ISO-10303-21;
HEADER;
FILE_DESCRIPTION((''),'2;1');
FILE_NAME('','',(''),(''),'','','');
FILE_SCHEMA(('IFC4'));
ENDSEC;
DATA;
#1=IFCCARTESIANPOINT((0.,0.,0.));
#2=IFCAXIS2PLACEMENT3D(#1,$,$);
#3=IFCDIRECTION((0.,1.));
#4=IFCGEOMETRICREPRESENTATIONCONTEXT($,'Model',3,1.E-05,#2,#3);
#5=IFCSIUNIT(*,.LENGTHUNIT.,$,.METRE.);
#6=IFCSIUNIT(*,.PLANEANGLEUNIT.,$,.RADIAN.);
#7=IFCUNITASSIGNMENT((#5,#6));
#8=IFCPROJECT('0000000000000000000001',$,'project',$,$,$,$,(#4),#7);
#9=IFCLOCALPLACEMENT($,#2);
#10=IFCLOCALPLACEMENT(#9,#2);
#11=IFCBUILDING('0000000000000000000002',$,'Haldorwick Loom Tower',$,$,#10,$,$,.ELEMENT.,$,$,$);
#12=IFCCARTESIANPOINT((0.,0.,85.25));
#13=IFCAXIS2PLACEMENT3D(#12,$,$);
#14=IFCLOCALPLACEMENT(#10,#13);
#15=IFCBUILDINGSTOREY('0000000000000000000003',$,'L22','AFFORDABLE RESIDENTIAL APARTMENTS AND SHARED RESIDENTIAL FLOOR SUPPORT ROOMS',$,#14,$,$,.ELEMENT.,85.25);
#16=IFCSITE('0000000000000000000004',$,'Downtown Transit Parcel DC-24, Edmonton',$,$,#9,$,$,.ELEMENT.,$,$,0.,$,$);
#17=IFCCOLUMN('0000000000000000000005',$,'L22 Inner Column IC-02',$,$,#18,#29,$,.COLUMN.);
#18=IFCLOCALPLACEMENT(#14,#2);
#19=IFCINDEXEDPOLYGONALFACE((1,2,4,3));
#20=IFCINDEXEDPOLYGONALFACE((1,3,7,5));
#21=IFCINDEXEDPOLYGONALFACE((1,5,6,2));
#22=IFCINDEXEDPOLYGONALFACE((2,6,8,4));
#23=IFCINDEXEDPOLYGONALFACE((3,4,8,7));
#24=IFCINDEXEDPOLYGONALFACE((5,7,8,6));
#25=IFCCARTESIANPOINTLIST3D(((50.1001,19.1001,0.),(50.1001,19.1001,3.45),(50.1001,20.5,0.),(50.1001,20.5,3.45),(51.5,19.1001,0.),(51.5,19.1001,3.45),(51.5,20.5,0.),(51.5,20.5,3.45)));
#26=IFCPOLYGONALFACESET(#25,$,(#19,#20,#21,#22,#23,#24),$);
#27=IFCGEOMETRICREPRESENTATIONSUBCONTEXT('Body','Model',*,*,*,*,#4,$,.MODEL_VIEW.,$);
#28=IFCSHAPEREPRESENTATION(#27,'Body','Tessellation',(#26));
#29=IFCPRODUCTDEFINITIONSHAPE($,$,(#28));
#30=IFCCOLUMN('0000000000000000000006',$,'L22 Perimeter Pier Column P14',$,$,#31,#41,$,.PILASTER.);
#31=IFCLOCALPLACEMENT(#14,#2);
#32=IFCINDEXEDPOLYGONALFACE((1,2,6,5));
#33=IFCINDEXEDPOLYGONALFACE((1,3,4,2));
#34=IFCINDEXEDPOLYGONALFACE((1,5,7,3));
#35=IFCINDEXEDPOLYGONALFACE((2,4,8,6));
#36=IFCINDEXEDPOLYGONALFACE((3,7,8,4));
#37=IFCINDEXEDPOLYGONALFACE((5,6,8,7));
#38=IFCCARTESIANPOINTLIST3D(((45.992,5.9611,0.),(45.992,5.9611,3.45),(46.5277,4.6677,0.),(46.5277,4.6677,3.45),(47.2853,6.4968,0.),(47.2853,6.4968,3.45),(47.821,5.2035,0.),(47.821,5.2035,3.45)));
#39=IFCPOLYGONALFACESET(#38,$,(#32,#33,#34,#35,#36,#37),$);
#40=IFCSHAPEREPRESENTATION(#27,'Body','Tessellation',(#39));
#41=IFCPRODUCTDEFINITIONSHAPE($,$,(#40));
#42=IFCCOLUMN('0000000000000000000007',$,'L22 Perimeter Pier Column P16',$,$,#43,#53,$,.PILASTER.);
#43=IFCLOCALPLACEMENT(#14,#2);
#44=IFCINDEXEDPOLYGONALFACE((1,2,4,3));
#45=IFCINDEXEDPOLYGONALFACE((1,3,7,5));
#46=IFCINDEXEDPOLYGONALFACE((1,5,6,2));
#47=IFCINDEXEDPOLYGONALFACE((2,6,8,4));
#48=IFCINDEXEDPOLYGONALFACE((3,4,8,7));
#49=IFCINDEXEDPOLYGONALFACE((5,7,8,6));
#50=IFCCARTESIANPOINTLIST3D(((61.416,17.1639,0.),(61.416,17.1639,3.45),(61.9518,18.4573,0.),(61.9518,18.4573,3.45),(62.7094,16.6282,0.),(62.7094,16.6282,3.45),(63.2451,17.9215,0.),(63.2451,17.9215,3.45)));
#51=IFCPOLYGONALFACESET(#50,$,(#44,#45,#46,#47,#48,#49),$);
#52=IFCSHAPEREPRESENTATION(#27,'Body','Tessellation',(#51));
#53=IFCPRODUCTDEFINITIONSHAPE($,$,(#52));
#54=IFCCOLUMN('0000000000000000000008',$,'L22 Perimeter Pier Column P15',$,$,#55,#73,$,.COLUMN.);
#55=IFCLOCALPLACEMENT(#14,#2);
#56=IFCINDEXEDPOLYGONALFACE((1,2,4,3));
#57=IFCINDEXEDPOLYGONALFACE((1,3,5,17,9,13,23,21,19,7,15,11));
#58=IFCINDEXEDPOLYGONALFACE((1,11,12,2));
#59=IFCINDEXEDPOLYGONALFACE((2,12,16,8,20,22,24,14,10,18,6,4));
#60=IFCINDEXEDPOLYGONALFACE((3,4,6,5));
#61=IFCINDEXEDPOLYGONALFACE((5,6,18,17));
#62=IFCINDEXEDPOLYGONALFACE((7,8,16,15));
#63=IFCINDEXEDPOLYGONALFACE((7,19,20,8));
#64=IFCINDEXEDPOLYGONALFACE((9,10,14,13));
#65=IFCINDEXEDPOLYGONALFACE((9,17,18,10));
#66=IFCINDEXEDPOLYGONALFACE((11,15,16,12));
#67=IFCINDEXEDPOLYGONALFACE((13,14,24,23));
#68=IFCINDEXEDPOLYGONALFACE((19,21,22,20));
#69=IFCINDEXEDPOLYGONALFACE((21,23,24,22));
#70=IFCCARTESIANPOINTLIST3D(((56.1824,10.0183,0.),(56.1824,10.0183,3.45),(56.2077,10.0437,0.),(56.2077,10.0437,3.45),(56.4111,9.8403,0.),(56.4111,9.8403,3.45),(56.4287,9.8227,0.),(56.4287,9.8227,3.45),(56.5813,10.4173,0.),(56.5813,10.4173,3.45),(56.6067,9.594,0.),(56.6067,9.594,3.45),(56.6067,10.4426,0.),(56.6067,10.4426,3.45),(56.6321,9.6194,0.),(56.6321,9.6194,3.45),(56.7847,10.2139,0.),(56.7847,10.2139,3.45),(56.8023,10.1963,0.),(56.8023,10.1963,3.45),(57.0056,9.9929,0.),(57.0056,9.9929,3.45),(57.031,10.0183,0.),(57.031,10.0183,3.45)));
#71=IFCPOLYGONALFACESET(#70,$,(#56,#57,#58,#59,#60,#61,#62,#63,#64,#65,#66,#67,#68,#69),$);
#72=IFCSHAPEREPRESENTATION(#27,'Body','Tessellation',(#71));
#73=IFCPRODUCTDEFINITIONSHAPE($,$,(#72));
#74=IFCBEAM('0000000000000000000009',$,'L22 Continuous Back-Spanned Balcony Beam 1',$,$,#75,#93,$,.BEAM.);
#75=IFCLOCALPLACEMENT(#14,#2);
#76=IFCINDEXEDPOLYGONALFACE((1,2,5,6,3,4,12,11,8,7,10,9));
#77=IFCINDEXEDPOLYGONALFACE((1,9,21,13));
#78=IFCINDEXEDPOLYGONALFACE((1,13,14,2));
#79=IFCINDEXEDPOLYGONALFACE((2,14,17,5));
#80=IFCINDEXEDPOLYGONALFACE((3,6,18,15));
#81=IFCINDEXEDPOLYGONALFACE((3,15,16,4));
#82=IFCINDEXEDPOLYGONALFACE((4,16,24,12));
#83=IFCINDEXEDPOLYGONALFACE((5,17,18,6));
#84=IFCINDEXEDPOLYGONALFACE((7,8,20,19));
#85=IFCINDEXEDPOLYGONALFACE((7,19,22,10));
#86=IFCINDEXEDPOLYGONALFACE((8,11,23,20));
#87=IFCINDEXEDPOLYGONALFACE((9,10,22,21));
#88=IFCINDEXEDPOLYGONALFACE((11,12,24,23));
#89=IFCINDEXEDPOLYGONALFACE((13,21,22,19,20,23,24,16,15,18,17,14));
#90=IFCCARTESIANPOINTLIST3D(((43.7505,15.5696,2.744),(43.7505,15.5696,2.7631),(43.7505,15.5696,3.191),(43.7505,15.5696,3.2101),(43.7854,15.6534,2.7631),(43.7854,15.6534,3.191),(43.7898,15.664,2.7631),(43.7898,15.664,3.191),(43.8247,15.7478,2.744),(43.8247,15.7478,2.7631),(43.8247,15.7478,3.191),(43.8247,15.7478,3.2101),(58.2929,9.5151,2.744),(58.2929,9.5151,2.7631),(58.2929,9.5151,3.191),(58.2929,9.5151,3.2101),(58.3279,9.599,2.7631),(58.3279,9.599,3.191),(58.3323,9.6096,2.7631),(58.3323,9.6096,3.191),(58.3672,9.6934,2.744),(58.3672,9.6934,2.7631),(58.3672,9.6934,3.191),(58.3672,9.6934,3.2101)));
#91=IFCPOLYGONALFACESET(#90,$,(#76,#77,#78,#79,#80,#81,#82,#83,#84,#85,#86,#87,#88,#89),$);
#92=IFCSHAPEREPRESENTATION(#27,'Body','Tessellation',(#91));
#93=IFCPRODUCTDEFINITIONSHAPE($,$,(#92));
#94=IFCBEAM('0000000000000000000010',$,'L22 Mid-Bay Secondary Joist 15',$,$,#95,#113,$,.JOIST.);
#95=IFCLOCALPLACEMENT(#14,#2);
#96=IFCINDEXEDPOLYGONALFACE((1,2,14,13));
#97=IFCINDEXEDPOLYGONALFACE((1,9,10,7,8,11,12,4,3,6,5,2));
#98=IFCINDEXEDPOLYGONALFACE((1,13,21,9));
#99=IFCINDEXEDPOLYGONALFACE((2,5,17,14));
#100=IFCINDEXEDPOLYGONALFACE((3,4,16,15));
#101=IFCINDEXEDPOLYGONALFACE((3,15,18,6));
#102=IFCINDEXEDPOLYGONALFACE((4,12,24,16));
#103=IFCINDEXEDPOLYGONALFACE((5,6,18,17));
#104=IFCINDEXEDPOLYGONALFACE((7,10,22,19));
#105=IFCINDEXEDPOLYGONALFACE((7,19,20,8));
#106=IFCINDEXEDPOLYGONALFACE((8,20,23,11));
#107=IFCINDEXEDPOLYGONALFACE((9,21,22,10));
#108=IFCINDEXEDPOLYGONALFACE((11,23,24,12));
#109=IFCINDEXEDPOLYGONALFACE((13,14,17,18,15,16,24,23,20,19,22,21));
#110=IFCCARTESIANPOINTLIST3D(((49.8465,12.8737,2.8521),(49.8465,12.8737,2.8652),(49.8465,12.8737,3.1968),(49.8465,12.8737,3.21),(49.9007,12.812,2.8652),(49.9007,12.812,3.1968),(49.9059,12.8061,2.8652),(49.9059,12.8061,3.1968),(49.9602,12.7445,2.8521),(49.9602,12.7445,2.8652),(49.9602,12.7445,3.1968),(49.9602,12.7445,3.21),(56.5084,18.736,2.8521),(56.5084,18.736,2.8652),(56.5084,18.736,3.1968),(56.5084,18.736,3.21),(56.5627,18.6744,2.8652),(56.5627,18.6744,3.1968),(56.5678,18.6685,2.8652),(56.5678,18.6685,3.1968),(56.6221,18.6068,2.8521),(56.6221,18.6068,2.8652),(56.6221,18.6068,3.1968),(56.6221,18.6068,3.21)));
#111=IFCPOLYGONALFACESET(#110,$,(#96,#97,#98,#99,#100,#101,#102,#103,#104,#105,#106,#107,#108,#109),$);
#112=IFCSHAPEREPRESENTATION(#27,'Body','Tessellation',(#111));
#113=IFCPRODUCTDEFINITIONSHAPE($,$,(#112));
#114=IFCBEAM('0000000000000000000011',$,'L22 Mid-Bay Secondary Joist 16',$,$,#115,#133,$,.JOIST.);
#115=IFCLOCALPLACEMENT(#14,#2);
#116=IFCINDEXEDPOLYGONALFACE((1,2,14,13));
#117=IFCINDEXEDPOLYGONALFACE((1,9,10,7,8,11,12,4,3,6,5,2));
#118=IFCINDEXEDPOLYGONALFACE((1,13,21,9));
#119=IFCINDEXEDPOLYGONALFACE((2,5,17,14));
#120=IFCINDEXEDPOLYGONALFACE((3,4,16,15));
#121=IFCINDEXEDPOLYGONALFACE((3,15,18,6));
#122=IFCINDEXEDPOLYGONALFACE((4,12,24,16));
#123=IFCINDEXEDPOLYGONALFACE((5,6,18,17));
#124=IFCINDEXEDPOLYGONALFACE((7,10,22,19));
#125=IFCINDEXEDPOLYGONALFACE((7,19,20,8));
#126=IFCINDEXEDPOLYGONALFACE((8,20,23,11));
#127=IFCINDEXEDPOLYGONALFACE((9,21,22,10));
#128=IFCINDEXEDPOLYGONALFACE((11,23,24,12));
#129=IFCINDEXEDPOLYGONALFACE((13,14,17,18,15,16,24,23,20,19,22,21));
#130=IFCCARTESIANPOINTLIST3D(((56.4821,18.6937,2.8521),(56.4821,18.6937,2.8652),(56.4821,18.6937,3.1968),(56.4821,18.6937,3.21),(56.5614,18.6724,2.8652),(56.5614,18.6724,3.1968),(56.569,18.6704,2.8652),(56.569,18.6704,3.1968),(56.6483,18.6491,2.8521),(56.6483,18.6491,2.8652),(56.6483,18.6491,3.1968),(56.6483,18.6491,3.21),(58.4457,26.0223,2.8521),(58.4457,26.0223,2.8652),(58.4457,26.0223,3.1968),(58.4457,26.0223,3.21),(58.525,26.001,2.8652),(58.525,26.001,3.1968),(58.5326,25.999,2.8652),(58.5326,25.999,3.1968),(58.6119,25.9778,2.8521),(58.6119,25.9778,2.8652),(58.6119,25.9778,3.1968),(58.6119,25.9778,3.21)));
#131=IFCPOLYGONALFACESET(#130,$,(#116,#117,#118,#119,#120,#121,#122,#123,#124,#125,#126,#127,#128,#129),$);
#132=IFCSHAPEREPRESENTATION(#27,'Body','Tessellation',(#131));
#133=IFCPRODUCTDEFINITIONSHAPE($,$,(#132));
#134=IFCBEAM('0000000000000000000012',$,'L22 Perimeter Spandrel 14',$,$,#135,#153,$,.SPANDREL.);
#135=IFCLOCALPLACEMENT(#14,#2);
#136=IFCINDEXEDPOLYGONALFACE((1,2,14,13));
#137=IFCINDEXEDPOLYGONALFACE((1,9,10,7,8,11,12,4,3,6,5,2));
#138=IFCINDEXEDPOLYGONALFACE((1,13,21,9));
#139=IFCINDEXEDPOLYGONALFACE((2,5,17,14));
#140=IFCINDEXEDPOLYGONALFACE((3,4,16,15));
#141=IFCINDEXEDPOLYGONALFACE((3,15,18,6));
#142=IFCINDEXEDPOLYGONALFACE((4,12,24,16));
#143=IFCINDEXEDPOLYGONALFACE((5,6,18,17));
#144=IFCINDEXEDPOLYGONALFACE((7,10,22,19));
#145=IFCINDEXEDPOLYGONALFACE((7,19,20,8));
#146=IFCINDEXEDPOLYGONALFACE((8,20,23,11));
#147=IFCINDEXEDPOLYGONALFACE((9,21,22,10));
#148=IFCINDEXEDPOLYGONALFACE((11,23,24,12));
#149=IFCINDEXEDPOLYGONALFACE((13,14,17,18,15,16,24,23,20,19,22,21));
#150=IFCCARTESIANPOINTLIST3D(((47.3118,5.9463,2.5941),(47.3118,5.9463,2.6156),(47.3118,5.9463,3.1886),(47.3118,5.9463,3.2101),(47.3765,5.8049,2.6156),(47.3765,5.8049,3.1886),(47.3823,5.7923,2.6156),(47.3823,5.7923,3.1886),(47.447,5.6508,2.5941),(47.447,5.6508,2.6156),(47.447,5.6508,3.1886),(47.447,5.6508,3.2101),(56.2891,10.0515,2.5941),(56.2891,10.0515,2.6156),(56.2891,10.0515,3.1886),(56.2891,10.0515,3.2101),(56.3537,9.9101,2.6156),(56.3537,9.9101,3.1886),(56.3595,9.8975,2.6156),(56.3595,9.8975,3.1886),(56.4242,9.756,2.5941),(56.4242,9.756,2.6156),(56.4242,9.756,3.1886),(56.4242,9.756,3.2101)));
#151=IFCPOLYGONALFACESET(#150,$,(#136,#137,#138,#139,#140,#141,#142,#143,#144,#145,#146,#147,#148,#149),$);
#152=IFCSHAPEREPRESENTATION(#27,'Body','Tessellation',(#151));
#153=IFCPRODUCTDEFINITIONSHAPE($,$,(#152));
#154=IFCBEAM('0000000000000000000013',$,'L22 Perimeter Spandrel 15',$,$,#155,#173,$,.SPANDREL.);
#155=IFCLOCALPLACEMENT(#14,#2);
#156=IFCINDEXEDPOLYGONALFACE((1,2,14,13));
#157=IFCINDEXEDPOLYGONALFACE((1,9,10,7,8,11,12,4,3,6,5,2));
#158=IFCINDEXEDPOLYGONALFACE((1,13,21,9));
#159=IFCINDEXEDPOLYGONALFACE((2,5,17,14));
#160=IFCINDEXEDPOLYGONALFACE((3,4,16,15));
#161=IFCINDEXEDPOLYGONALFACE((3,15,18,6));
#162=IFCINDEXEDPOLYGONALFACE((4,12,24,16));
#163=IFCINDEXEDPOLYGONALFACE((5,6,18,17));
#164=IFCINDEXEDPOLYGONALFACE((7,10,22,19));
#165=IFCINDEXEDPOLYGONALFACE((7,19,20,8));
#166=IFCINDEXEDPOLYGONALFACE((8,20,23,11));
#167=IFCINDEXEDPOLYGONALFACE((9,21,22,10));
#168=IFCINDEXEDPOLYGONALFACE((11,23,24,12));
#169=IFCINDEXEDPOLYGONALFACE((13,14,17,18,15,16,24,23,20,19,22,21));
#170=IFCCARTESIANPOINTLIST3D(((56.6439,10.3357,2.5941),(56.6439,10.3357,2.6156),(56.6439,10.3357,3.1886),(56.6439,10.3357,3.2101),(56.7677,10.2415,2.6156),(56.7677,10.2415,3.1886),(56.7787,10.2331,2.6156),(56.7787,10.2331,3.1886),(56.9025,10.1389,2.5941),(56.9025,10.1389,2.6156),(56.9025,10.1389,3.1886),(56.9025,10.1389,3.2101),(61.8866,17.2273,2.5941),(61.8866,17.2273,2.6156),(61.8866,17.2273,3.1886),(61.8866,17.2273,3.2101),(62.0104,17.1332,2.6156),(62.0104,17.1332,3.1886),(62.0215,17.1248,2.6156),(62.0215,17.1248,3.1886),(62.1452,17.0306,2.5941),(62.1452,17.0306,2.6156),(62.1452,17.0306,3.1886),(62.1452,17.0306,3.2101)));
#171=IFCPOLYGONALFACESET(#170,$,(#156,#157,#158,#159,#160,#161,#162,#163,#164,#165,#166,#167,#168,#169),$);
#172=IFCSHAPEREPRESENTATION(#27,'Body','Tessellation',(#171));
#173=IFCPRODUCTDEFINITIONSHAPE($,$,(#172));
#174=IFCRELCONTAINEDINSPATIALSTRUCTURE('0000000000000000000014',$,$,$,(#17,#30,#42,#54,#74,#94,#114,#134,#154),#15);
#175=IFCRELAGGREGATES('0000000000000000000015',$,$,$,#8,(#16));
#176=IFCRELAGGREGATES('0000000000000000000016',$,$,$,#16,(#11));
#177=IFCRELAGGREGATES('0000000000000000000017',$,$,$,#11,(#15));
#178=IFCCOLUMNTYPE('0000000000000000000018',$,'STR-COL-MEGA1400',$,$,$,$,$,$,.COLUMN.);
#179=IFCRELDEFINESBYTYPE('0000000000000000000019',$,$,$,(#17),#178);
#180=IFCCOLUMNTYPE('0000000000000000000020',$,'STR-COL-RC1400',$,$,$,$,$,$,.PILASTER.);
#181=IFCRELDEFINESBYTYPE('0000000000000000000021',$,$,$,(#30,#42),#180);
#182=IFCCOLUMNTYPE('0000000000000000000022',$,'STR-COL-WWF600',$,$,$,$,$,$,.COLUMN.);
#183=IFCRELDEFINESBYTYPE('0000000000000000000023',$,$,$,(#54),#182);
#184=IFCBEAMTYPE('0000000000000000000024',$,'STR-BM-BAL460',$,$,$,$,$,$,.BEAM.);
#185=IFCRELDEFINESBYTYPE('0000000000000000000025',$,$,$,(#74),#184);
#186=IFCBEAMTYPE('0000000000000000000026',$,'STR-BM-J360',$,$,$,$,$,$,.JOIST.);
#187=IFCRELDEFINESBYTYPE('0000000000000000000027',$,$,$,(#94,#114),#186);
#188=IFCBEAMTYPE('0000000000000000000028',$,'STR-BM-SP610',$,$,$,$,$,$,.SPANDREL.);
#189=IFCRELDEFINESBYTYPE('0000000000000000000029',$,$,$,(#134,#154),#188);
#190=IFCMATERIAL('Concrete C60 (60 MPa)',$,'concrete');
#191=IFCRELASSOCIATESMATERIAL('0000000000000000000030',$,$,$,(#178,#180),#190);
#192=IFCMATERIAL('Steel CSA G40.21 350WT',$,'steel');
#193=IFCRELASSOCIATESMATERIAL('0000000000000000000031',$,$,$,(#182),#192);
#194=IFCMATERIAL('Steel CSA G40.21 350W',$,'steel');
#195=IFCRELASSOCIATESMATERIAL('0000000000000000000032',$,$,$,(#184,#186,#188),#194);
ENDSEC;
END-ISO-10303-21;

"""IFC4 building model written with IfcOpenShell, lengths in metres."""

from ifc_helpers import new_model, si_unit, direction, frame, origin, origin_2d, place, context, subcontext, project, spatial, rectangle, i_section, extrude, material, material_profile, profile_set, type_object, element, save


model = new_model("IFC4")

# Units and contexts
model_context = context("Model", 3, precision=1e-05, world=origin(), true_north=direction((0.0, 1.0)))
body_context = subcontext(model_context, "Body", "Model", "MODEL_VIEW")
ifc_project = project(units=[si_unit("LENGTHUNIT", "METRE"), si_unit("PLANEANGLEUNIT", "RADIAN")], contexts=[model_context])

# Site, building, storey
site_placement = place(None, origin())
site = spatial("IfcSite", under=ifc_project, at=site_placement, Name="Downtown Transit Parcel DC-24, Edmonton", CompositionType="ELEMENT", RefElevation=0.0)
building_placement = place(site_placement, origin())
building = spatial("IfcBuilding", under=site, at=building_placement, Name="Haldorwick Loom Tower", CompositionType="ELEMENT")
storey_placement = place(building_placement, frame((0.0, 0.0, 85.25)))
storey = spatial("IfcBuildingStorey", under=building, at=storey_placement, Name="L22", Description="AFFORDABLE RESIDENTIAL APARTMENTS AND SHARED RESIDENTIAL FLOOR SUPPORT ROOMS", CompositionType="ELEMENT", Elevation=85.25)

# Columns
ifc_material_1 = material(Name="Concrete C60 (60 MPa)", Category="concrete")
ifc_material_profile_1 = material_profile(ifc_material_1, rectangle(XDim=1.3999, YDim=1.3999, at=origin_2d()), Name="RC1400X1400", Category="concrete")
ifc_profile_set_1 = profile_set([ifc_material_profile_1], Name="Concrete C60 (60 MPa)")
column_type_1 = type_object("IfcColumnType", Name="STR-COL-MEGA1400", PredefinedType="COLUMN", material=ifc_profile_set_1)
column_1_placement = place(storey_placement, frame((50.8, 19.8, 0.0), z_axis=(0.0, 0.0, 1.0), x_axis=(1.0, 0.0, 0.0)))
element("IfcColumn", 1, at=column_1_placement, inside=storey, type_object=column_type_1, Name="L22 Inner Column IC-02", PredefinedType="COLUMN", context=body_context, shape_type="SweptSolid", body=[
    extrude(rectangle(XDim=1.3999, YDim=1.3999, at=origin_2d()), origin(), (0.0, 0.0, 1.0), 3.45),
])
ifc_material_profile_2 = material_profile(ifc_material_1, rectangle(XDim=1.3999, YDim=1.3999, at=origin_2d()), Name="RC1400X1400", Category="concrete")
ifc_profile_set_2 = profile_set([ifc_material_profile_2], Name="Concrete C60 (60 MPa)")
column_type_2 = type_object("IfcColumnType", Name="STR-COL-RC1400", PredefinedType="PILASTER", material=ifc_profile_set_2)
for number, where, z_axis, x_axis, name in (
    (2, (46.9065, 5.5823, 0.0), (0.0, 0.0, 1.0), (0.382683, -0.92388, 0.0), "L22 Perimeter Pier Column P14"),
    (3, (62.3306, 17.5427, 0.0), (0.0, 0.0, 1.0), (0.92388, -0.382683, 0.0), "L22 Perimeter Pier Column P16"),
):
    element("IfcColumn", number, at=place(storey_placement, frame(where, z_axis=z_axis, x_axis=x_axis)), inside=storey, type_object=column_type_2, Name=name, PredefinedType="PILASTER", context=body_context, shape_type="SweptSolid", body=[
        extrude(rectangle(XDim=1.3999, YDim=1.3999, at=origin_2d()), origin(), (0.0, 0.0, 1.0), 3.45),
    ])
ifc_material_2 = material(Name="Steel CSA G40.21 350WT", Category="steel")
ifc_material_profile_3 = material_profile(ifc_material_2, i_section(OverallWidth=0.6001, OverallDepth=0.6001, WebThickness=0.0249, FlangeThickness=0.0359, at=origin_2d()), Name="WWF600X600", Category="steel")
ifc_profile_set_3 = profile_set([ifc_material_profile_3], Name="Steel CSA G40.21 350WT")
column_type_3 = type_object("IfcColumnType", Name="STR-COL-WWF600", PredefinedType="COLUMN", material=ifc_profile_set_3)
column_2_placement = place(storey_placement, frame((56.6067, 10.0183, 0.0), z_axis=(0.0, 0.0, 1.0), x_axis=(0.707107, -0.707107, 0.0)))
element("IfcColumn", 4, at=column_2_placement, inside=storey, type_object=column_type_3, Name="L22 Perimeter Pier Column P15", PredefinedType="COLUMN", context=body_context, shape_type="SweptSolid", body=[
    extrude(i_section(OverallWidth=0.6001, OverallDepth=0.6001, WebThickness=0.0249, FlangeThickness=0.0359, at=origin_2d()), origin(), (0.0, 0.0, 1.0), 3.45),
])

# Beams
ifc_material_3 = material(Name="Steel CSA G40.21 350W", Category="steel")
ifc_material_profile_4 = material_profile(ifc_material_3, i_section(OverallWidth=0.1931, OverallDepth=0.4661, WebThickness=0.0115, FlangeThickness=0.019, at=origin_2d()), Name="W460X97", Category="steel")
ifc_profile_set_4 = profile_set([ifc_material_profile_4], Name="Steel CSA G40.21 350W")
beam_type_1 = type_object("IfcBeamType", Name="STR-BM-BAL460", PredefinedType="BEAM", material=ifc_profile_set_4)
beam_1_placement = place(storey_placement, frame((43.7876, 15.6587, 2.9771), z_axis=(0.923188, -0.384349, 0.0), x_axis=(0.384349, 0.923188, 0.0)))
element("IfcBeam", 5, at=beam_1_placement, inside=storey, type_object=beam_type_1, Name="L22 Continuous Back-Spanned Balcony Beam 1", PredefinedType="BEAM", context=body_context, shape_type="SweptSolid", body=[
    extrude(i_section(OverallWidth=0.1931, OverallDepth=0.4661, WebThickness=0.0115, FlangeThickness=0.019, at=origin_2d()), origin(), (0.0, 0.0, 1.0), 15.7524),
])
ifc_material_profile_5 = material_profile(ifc_material_3, i_section(OverallWidth=0.1721, OverallDepth=0.3579, WebThickness=0.0078, FlangeThickness=0.0132, at=origin_2d()), Name="W360X57", Category="steel")
ifc_profile_set_5 = profile_set([ifc_material_profile_5], Name="Steel CSA G40.21 350W")
beam_type_2 = type_object("IfcBeamType", Name="STR-BM-J360", PredefinedType="JOIST", material=ifc_profile_set_5)
beam_2_placement = place(storey_placement, frame((49.9033, 12.8091, 3.031), z_axis=(0.750721, 0.660619, 0.0), x_axis=(-0.660619, 0.750721, 0.0)))
element("IfcBeam", 6, at=beam_2_placement, inside=storey, type_object=beam_type_2, Name="L22 Mid-Bay Secondary Joist 15", PredefinedType="JOIST", context=body_context, shape_type="SweptSolid", body=[
    extrude(i_section(OverallWidth=0.1721, OverallDepth=0.3579, WebThickness=0.0078, FlangeThickness=0.0132, at=origin_2d()), origin(), (0.0, 0.0, 1.0), 8.874),
])
beam_3_placement = place(storey_placement, frame((56.5652, 18.6714, 3.031), z_axis=(0.25881, 0.965928, 0.0), x_axis=(-0.965928, 0.25881, 0.0)))
element("IfcBeam", 7, at=beam_3_placement, inside=storey, type_object=beam_type_2, Name="L22 Mid-Bay Secondary Joist 16", PredefinedType="JOIST", context=body_context, shape_type="SweptSolid", body=[
    extrude(i_section(OverallWidth=0.1721, OverallDepth=0.3579, WebThickness=0.0078, FlangeThickness=0.0132, at=origin_2d()), origin(), (0.0, 0.0, 1.0), 7.5872),
])
ifc_material_profile_6 = material_profile(ifc_material_3, i_section(OverallWidth=0.325, OverallDepth=0.616, WebThickness=0.0139, FlangeThickness=0.0215, at=origin_2d()), Name="W610X174", Category="steel")
ifc_profile_set_6 = profile_set([ifc_material_profile_6], Name="Steel CSA G40.21 350W")
beam_type_3 = type_object("IfcBeamType", Name="STR-BM-SP610", PredefinedType="SPANDREL", material=ifc_profile_set_6)
beam_4_placement = place(storey_placement, frame((47.3794, 5.7986, 2.9021), z_axis=(0.909424, 0.41587, 0.0), x_axis=(-0.41587, 0.909424, 0.0)))
element("IfcBeam", 8, at=beam_4_placement, inside=storey, type_object=beam_type_3, Name="L22 Perimeter Spandrel 14", PredefinedType="SPANDREL", context=body_context, shape_type="SweptSolid", body=[
    extrude(i_section(OverallWidth=0.325, OverallDepth=0.616, WebThickness=0.0139, FlangeThickness=0.0215, at=origin_2d()), origin(), (0.0, 0.0, 1.0), 9.8713),
])
beam_5_placement = place(storey_placement, frame((56.7732, 10.2373, 2.9021), z_axis=(0.605454, 0.795881, 0.0), x_axis=(-0.795881, 0.605454, 0.0)))
element("IfcBeam", 9, at=beam_5_placement, inside=storey, type_object=beam_type_3, Name="L22 Perimeter Spandrel 15", PredefinedType="SPANDREL", context=body_context, shape_type="SweptSolid", body=[
    extrude(i_section(OverallWidth=0.325, OverallDepth=0.616, WebThickness=0.0139, FlangeThickness=0.0215, at=origin_2d()), origin(), (0.0, 0.0, 1.0), 8.6592),
])

save(model, "model.ifc")
